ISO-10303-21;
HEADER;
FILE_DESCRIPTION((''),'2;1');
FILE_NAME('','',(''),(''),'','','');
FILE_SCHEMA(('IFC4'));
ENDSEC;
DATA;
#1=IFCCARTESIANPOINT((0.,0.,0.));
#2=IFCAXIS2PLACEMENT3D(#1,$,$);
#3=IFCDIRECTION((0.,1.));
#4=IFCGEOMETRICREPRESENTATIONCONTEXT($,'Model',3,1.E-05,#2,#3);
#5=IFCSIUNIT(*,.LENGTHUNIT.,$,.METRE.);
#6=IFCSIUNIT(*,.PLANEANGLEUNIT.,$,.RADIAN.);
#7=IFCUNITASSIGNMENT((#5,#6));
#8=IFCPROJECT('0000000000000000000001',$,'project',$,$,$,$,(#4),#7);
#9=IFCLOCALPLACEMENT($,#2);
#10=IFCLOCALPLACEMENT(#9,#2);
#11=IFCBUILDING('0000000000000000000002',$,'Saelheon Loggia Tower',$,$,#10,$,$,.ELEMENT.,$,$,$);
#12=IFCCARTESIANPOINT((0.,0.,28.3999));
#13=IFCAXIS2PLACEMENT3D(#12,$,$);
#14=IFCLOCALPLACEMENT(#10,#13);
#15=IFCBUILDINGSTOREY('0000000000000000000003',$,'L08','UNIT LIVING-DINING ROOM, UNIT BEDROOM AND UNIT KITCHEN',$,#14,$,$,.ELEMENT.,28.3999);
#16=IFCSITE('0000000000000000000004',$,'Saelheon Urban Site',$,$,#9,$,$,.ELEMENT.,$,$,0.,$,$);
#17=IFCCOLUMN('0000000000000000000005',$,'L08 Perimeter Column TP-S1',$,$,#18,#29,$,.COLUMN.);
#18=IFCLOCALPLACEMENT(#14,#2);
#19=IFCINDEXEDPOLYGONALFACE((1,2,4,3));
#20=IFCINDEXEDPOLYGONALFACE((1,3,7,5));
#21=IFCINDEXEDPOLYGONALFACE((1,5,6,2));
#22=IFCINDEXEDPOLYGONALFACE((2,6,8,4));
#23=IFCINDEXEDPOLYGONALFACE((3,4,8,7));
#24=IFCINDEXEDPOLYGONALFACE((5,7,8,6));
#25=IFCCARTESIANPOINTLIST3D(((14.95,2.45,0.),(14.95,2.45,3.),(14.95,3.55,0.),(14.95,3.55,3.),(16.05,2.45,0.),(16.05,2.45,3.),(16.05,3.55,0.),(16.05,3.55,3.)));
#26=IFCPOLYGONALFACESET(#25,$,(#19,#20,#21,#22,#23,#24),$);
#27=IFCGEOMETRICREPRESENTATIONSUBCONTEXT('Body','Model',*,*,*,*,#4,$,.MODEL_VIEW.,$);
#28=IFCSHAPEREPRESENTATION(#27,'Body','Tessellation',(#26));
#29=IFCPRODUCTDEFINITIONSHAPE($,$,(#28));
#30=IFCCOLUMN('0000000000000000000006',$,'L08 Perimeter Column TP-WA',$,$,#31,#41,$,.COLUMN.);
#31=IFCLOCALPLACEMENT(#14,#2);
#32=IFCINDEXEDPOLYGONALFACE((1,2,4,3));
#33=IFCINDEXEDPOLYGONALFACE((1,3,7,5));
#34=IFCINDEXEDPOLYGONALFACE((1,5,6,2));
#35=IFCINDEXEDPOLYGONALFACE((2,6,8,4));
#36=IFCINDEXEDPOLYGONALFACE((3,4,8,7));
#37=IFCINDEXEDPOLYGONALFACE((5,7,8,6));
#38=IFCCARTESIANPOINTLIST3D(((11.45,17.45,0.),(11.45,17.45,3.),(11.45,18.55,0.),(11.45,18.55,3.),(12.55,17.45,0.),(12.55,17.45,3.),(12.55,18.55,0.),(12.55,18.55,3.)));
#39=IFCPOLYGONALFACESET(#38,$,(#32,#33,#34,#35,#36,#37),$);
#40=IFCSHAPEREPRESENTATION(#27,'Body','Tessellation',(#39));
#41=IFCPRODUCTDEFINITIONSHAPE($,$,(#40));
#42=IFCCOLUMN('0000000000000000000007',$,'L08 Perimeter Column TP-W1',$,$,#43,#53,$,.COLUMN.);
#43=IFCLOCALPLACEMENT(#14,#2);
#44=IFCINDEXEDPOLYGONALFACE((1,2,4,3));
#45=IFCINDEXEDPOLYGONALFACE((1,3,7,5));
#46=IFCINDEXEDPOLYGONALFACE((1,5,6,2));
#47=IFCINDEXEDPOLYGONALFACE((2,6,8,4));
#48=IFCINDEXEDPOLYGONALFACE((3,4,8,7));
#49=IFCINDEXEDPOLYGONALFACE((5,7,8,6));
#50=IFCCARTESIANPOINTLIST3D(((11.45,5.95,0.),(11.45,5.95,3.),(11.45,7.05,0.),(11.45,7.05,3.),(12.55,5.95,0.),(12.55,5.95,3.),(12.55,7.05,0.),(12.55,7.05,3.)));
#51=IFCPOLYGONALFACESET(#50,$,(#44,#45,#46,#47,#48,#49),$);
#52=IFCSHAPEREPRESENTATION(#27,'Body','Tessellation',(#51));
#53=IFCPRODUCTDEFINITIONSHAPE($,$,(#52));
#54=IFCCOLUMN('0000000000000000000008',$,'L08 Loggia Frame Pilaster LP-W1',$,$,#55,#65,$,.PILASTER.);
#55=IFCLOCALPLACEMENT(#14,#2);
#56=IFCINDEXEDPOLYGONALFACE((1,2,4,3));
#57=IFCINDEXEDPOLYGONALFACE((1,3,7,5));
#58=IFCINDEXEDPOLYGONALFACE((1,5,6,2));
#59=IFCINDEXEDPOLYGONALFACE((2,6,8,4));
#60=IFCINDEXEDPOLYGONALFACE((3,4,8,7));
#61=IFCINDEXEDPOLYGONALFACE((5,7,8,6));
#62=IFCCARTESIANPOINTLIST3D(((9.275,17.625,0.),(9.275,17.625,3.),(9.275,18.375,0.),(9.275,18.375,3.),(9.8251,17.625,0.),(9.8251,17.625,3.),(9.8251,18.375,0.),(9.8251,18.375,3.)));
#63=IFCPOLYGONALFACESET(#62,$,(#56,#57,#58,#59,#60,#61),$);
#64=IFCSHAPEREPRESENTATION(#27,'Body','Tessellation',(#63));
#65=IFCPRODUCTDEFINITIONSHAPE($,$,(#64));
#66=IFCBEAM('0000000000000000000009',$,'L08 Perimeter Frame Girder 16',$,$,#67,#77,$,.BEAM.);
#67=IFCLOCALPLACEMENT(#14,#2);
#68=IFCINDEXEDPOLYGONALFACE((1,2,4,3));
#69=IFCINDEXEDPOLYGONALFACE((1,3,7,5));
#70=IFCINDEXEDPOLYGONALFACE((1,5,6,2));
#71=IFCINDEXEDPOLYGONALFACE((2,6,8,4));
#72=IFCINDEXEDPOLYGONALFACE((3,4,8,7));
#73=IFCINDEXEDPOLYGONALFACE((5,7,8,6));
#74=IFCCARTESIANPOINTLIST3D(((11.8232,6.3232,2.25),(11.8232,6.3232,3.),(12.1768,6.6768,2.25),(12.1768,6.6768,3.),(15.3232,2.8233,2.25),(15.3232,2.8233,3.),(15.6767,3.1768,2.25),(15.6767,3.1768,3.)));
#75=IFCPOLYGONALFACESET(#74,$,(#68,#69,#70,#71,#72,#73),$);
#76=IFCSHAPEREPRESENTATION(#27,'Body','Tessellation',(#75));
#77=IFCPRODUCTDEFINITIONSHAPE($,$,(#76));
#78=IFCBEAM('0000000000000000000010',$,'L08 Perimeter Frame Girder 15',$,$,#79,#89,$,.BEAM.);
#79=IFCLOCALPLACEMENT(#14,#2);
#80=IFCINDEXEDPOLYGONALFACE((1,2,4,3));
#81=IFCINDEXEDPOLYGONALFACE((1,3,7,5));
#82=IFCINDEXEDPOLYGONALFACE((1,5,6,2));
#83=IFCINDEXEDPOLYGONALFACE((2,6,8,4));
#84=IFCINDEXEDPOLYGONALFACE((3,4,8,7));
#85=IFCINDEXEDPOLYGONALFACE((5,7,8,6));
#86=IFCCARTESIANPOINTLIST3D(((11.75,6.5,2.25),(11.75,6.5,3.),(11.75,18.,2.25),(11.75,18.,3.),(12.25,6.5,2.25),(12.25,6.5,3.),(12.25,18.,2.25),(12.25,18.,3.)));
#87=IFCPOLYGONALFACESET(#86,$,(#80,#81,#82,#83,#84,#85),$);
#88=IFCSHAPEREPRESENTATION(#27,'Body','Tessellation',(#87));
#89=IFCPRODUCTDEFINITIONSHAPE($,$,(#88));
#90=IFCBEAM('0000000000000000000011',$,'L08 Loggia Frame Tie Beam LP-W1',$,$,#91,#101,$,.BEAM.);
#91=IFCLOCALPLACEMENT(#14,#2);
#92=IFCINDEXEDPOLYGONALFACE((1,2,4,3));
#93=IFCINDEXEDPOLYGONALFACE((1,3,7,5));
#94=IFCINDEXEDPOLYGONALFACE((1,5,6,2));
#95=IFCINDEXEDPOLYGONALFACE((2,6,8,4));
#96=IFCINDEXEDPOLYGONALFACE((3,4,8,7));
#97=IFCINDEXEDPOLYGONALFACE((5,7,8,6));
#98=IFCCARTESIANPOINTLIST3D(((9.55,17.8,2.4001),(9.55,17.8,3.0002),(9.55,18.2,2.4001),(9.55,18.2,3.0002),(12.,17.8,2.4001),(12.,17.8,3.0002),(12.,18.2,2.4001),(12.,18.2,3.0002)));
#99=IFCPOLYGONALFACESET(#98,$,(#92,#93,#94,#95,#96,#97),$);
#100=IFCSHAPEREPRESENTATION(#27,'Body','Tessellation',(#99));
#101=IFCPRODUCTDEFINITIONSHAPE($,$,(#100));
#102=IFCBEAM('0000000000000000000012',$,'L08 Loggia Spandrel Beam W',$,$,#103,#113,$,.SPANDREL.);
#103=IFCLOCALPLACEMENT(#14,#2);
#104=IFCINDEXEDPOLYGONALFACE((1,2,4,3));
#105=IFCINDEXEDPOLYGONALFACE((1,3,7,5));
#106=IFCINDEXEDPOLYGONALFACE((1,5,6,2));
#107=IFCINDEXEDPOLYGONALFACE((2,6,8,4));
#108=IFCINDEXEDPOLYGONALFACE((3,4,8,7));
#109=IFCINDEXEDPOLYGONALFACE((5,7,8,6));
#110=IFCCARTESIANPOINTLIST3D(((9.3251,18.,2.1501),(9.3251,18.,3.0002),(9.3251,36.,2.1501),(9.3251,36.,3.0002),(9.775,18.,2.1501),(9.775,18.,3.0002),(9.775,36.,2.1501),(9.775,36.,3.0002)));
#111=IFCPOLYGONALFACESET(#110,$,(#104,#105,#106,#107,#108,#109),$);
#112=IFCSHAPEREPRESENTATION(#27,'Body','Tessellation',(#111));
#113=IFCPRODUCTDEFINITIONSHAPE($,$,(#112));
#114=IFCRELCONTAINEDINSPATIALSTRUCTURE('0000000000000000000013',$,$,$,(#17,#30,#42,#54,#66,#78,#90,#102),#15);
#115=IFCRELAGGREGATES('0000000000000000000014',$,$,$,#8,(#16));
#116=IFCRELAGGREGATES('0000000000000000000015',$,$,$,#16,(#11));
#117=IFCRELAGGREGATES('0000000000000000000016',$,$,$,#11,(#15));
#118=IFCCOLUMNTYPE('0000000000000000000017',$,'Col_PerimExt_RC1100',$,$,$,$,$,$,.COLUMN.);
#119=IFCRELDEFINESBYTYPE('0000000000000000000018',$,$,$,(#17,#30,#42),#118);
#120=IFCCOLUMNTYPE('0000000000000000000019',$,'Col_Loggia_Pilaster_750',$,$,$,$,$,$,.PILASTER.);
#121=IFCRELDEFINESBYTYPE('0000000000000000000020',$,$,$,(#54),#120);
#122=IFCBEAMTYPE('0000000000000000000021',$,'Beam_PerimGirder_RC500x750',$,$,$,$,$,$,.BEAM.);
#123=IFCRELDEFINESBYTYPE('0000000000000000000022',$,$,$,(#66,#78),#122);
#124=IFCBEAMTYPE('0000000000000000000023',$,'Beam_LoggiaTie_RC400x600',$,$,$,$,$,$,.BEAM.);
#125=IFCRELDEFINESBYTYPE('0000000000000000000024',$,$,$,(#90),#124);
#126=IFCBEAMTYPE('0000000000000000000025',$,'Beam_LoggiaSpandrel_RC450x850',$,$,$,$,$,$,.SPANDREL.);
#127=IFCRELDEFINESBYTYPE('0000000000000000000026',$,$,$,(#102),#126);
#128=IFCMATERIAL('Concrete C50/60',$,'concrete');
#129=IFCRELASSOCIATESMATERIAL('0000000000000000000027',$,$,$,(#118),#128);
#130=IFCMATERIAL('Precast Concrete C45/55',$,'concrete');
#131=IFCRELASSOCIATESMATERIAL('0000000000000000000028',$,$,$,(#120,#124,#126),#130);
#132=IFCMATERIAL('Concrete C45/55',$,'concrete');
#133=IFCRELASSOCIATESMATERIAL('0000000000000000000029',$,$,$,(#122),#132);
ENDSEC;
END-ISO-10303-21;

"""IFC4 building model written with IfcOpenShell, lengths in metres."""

from ifc_helpers import new_model, si_unit, direction, frame, origin, origin_2d, place, context, subcontext, project, spatial, rectangle, extrude, source, transform, mapped, material, material_profile, profile_set, type_object, element, save


model = new_model("IFC4")

# Units and contexts
model_context = context("Model", 3, precision=1e-05, world=origin(), true_north=direction((0.0, 1.0)))
body_context = subcontext(model_context, "Body", "Model", "MODEL_VIEW")
ifc_project = project(units=[si_unit("LENGTHUNIT", "METRE"), si_unit("PLANEANGLEUNIT", "RADIAN")], contexts=[model_context])

# Site, building, storey
site_placement = place(None, origin())
site = spatial("IfcSite", under=ifc_project, at=site_placement, Name="Saelheon Urban Site", CompositionType="ELEMENT", RefElevation=0.0)
building_placement = place(site_placement, origin())
building = spatial("IfcBuilding", under=site, at=building_placement, Name="Saelheon Loggia Tower", CompositionType="ELEMENT")
storey_placement = place(building_placement, frame((0.0, 0.0, 28.3999)))
storey = spatial("IfcBuildingStorey", under=building, at=storey_placement, Name="L08", Description="UNIT LIVING-DINING ROOM, UNIT BEDROOM AND UNIT KITCHEN", CompositionType="ELEMENT", Elevation=28.3999)

# Columns
ifc_material_1 = material(Name="Concrete C50/60", Category="concrete")
ifc_material_profile_1 = material_profile(ifc_material_1, rectangle(XDim=1.1001, YDim=1.1001, at=origin_2d()), Name="RC-1100x1100")
ifc_profile_set_1 = profile_set([ifc_material_profile_1], Name="Concrete C50/60")
column_type_1 = type_object("IfcColumnType", Name="Col_PerimExt_RC1100", PredefinedType="COLUMN", material=ifc_profile_set_1)
shared_shape_1 = source(origin(), body_context, "Body", "SweptSolid", [
    extrude(rectangle(XDim=1.1001, YDim=1.1001, at=origin_2d()), origin(), (0.0, 0.0, 1.0), 3.0),
])
for number, where, z_axis, x_axis, name in (
    (1, (15.5, 3.0, 0.0), (0.0, 0.0, 1.0), (1.0, 0.0, 0.0), "L08 Perimeter Column TP-S1"),
    (2, (12.0, 18.0, 0.0), (0.0, 0.0, 1.0), (1.0, 0.0, 0.0), "L08 Perimeter Column TP-WA"),
    (3, (12.0, 6.5, 0.0), (0.0, 0.0, 1.0), (1.0, 0.0, 0.0), "L08 Perimeter Column TP-W1"),
):
    element("IfcColumn", number, at=place(storey_placement, frame(where, z_axis=z_axis, x_axis=x_axis)), inside=storey, type_object=column_type_1, Name=name, PredefinedType="COLUMN", context=body_context, shape_type="MappedRepresentation", body=[
        mapped(shared_shape_1, transform((0.0, 0.0, 0.0), scale=1.0)),
    ])
ifc_material_2 = material(Name="Precast Concrete C45/55", Category="concrete")
ifc_material_profile_2 = material_profile(ifc_material_2, rectangle(XDim=0.55, YDim=0.75, at=origin_2d()), Name="RC-550x750")
ifc_profile_set_2 = profile_set([ifc_material_profile_2], Name="Precast Concrete C45/55")
column_type_2 = type_object("IfcColumnType", Name="Col_Loggia_Pilaster_750", PredefinedType="PILASTER", material=ifc_profile_set_2)
shared_shape_2 = source(origin(), body_context, "Body", "SweptSolid", [
    extrude(rectangle(XDim=0.55, YDim=0.75, at=origin_2d()), origin(), (0.0, 0.0, 1.0), 3.0),
])
column_placement = place(storey_placement, frame((9.55, 18.0, 0.0), z_axis=(0.0, 0.0, 1.0), x_axis=(1.0, 0.0, 0.0)))
element("IfcColumn", 4, at=column_placement, inside=storey, type_object=column_type_2, Name="L08 Loggia Frame Pilaster LP-W1", PredefinedType="PILASTER", context=body_context, shape_type="MappedRepresentation", body=[
    mapped(shared_shape_2, transform((0.0, 0.0, 0.0), scale=1.0)),
])

# Beams
ifc_material_3 = material(Name="Concrete C45/55", Category="concrete")
ifc_material_profile_3 = material_profile(ifc_material_3, rectangle(XDim=0.5, YDim=0.75, at=origin_2d()), Name="RC-500x750")
ifc_profile_set_3 = profile_set([ifc_material_profile_3], Name="Concrete C45/55")
beam_type_1 = type_object("IfcBeamType", Name="Beam_PerimGirder_RC500x750", PredefinedType="BEAM", material=ifc_profile_set_3)
shared_shape_3 = source(origin(), body_context, "Body", "SweptSolid", [
    extrude(rectangle(XDim=0.5, YDim=0.75, at=origin_2d()), origin(), (0.0, 0.0, 1.0), 4.9497),
])
beam_1_placement = place(storey_placement, frame((12.0, 6.5, 2.625), z_axis=(0.707107, -0.707107, 0.0), x_axis=(0.707107, 0.707107, 0.0)))
element("IfcBeam", 5, at=beam_1_placement, inside=storey, type_object=beam_type_1, Name="L08 Perimeter Frame Girder 16", PredefinedType="BEAM", context=body_context, shape_type="MappedRepresentation", body=[
    mapped(shared_shape_3, transform((0.0, 0.0, 0.0), scale=1.0)),
])
shared_shape_4 = source(origin(), body_context, "Body", "SweptSolid", [
    extrude(rectangle(XDim=0.5, YDim=0.75, at=origin_2d()), origin(), (0.0, 0.0, 1.0), 11.5),
])
beam_2_placement = place(storey_placement, frame((12.0, 18.0, 2.625), z_axis=(0.0, -1.0, 0.0), x_axis=(1.0, 0.0, 0.0)))
element("IfcBeam", 6, at=beam_2_placement, inside=storey, type_object=beam_type_1, Name="L08 Perimeter Frame Girder 15", PredefinedType="BEAM", context=body_context, shape_type="MappedRepresentation", body=[
    mapped(shared_shape_4, transform((0.0, 0.0, 0.0), scale=1.0)),
])
ifc_material_profile_4 = material_profile(ifc_material_2, rectangle(XDim=0.3999, YDim=0.6001, at=origin_2d()), Name="RC-400x600")
ifc_profile_set_4 = profile_set([ifc_material_profile_4], Name="Precast Concrete C45/55")
beam_type_2 = type_object("IfcBeamType", Name="Beam_LoggiaTie_RC400x600", PredefinedType="BEAM", material=ifc_profile_set_4)
shared_shape_5 = source(origin(), body_context, "Body", "SweptSolid", [
    extrude(rectangle(XDim=0.3999, YDim=0.6001, at=origin_2d()), origin(), (0.0, 0.0, 1.0), 2.45),
])
beam_3_placement = place(storey_placement, frame((12.0, 18.0, 2.7002), z_axis=(-1.0, 0.0, 0.0), x_axis=(0.0, -1.0, 0.0)))
element("IfcBeam", 7, at=beam_3_placement, inside=storey, type_object=beam_type_2, Name="L08 Loggia Frame Tie Beam LP-W1", PredefinedType="BEAM", context=body_context, shape_type="MappedRepresentation", body=[
    mapped(shared_shape_5, transform((0.0, 0.0, 0.0), scale=1.0)),
])
ifc_material_profile_5 = material_profile(ifc_material_2, rectangle(XDim=0.45, YDim=0.8501, at=origin_2d()), Name="RC-450x850")
ifc_profile_set_5 = profile_set([ifc_material_profile_5], Name="Precast Concrete C45/55")
beam_type_3 = type_object("IfcBeamType", Name="Beam_LoggiaSpandrel_RC450x850", PredefinedType="SPANDREL", material=ifc_profile_set_5)
shared_shape_6 = source(origin(), body_context, "Body", "SweptSolid", [
    extrude(rectangle(XDim=0.45, YDim=0.8501, at=origin_2d()), origin(), (0.0, 0.0, 1.0), 18.0),
])
beam_4_placement = place(storey_placement, frame((9.55, 18.0, 2.5752), z_axis=(0.0, 1.0, 0.0), x_axis=(-1.0, 0.0, 0.0)))
element("IfcBeam", 8, at=beam_4_placement, inside=storey, type_object=beam_type_3, Name="L08 Loggia Spandrel Beam W", PredefinedType="SPANDREL", context=body_context, shape_type="MappedRepresentation", body=[
    mapped(shared_shape_6, transform((0.0, 0.0, 0.0), scale=1.0)),
])

save(model, "model.ifc")
